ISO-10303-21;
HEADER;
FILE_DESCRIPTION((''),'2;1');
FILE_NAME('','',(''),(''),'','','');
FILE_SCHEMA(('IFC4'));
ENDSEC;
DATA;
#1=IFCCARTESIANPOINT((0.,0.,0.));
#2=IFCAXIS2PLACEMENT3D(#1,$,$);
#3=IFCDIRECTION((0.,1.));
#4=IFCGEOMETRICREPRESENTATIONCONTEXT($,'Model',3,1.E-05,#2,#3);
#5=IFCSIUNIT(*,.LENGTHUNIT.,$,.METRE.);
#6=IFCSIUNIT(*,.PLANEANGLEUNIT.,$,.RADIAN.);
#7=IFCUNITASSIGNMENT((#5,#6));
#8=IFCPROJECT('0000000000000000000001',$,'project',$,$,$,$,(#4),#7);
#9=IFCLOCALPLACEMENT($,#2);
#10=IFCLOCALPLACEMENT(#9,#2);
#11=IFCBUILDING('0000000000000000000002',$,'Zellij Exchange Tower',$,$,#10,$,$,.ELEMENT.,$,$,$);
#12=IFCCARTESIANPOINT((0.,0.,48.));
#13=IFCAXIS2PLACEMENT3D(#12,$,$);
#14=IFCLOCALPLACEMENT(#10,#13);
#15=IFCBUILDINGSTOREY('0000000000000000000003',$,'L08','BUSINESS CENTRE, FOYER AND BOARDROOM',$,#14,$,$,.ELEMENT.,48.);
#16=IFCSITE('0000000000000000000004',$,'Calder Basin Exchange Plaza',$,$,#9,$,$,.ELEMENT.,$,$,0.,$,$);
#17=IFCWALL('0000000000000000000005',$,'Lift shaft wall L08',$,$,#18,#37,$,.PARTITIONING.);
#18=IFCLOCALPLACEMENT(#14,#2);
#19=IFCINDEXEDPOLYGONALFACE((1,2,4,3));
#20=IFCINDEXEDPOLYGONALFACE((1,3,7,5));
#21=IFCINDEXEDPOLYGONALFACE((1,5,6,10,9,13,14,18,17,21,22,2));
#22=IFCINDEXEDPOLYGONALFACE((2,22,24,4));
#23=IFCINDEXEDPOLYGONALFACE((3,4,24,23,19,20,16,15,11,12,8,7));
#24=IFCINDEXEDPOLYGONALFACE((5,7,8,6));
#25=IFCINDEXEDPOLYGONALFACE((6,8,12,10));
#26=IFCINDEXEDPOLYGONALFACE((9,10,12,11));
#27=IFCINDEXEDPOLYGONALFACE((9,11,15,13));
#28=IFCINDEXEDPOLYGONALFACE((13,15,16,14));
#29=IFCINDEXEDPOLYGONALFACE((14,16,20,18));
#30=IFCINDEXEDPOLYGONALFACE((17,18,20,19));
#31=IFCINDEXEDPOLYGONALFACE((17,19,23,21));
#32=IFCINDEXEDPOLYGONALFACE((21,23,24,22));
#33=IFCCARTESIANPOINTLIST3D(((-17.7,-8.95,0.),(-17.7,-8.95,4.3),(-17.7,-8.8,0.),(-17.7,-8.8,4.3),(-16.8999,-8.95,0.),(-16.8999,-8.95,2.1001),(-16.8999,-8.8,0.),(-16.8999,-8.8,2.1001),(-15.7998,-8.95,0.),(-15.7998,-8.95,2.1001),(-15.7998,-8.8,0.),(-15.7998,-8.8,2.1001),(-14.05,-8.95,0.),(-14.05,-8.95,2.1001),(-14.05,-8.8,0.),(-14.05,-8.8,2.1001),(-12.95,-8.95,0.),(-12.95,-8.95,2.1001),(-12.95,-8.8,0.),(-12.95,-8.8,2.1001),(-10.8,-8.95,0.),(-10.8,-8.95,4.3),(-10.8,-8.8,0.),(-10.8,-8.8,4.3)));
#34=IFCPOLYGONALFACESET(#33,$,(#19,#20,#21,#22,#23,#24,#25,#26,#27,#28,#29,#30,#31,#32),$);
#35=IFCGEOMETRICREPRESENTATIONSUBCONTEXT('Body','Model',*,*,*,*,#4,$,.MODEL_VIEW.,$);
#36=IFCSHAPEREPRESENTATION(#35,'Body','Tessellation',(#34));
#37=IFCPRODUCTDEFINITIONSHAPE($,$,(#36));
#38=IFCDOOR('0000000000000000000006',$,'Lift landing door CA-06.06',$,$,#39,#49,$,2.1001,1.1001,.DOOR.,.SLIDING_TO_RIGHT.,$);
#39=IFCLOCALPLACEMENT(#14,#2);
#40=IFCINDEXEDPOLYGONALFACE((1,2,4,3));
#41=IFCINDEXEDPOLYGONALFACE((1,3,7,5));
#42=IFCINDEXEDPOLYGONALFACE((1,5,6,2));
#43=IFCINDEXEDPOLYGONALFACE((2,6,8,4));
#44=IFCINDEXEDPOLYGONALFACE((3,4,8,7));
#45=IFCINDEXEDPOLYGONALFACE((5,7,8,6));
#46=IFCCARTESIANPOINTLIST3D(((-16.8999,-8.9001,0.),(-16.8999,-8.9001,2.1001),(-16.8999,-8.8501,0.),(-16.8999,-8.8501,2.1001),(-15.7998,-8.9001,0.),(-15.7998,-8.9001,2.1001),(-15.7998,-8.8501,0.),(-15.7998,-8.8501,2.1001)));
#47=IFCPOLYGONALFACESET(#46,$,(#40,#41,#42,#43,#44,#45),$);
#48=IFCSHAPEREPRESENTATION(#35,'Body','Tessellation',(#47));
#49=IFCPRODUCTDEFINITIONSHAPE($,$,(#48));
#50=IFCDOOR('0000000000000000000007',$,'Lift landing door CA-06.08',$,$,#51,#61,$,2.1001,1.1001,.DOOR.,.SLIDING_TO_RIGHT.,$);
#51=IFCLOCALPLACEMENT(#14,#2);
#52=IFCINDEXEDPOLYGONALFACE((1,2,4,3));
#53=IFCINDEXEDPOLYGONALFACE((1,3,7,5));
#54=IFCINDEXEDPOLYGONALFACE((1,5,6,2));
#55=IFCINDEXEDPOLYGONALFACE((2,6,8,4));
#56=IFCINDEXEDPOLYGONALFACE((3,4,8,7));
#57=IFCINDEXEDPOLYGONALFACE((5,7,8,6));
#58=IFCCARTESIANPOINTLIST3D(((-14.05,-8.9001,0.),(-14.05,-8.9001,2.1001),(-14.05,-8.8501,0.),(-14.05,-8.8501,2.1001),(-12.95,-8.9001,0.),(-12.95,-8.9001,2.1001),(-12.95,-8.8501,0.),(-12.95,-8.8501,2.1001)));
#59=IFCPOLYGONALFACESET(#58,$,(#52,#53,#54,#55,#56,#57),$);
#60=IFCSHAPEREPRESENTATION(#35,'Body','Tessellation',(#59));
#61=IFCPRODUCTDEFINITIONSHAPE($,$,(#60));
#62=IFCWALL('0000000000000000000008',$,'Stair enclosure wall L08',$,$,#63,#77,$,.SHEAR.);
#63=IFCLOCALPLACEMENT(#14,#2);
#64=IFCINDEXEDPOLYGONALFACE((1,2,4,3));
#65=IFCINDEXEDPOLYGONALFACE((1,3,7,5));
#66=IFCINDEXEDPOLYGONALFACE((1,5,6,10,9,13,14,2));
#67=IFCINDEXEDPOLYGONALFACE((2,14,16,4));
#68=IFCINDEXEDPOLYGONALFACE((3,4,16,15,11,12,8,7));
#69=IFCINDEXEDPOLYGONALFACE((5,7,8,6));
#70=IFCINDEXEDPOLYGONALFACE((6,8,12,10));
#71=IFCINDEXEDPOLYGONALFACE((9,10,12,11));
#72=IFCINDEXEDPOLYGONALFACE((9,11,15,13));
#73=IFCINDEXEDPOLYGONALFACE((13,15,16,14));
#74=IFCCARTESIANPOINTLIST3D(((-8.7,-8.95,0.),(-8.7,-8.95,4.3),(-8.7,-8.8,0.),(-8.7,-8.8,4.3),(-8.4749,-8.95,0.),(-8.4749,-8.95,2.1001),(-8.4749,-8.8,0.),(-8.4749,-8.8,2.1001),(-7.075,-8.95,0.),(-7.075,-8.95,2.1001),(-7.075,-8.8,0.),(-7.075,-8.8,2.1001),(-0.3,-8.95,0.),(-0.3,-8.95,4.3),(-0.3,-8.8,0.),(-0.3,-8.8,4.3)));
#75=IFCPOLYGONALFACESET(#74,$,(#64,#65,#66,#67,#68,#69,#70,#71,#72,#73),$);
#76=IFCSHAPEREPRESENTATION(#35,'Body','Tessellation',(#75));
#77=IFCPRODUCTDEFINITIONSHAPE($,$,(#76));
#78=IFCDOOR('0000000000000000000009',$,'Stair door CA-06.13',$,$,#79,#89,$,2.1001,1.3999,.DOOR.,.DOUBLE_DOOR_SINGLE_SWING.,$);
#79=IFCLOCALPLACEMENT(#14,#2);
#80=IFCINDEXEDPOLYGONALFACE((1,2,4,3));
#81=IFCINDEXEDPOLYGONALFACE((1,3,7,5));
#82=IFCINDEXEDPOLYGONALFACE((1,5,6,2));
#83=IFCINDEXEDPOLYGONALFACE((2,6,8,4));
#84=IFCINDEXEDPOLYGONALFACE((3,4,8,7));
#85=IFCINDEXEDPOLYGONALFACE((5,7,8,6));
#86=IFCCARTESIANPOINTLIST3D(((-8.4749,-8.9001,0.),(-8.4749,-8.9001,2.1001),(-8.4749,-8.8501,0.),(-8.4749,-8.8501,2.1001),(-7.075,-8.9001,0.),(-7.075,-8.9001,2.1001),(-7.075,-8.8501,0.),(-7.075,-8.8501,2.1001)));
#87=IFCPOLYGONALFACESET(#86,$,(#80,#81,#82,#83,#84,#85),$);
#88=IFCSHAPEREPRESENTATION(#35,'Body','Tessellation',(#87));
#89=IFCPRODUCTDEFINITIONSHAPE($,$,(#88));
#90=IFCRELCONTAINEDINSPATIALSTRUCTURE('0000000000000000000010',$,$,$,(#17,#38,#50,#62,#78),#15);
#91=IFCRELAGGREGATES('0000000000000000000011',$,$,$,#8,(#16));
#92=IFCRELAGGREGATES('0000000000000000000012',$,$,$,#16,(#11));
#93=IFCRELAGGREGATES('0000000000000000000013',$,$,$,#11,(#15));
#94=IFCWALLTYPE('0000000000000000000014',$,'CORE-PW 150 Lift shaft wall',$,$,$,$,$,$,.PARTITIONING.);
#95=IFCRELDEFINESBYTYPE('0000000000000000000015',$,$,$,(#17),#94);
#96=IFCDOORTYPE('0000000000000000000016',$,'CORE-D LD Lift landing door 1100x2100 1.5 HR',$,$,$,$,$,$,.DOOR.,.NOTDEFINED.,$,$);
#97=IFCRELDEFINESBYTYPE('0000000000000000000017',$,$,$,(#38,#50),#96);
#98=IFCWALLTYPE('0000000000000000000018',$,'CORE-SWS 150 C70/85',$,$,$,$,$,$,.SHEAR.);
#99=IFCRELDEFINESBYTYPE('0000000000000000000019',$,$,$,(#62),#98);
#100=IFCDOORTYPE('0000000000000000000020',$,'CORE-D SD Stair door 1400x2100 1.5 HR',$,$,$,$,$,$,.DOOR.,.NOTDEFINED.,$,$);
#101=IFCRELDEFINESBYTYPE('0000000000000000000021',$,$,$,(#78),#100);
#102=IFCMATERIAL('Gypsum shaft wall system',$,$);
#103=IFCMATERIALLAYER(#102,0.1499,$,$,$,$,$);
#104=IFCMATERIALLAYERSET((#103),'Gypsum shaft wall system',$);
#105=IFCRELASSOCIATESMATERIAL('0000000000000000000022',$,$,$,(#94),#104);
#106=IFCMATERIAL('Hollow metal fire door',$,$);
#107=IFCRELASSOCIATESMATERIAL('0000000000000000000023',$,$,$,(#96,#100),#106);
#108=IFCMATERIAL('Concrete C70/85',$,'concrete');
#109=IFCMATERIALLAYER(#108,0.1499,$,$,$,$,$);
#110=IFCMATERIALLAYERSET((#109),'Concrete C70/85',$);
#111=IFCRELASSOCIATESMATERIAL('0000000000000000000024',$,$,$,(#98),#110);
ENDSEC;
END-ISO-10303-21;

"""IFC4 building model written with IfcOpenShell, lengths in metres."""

from ifc_helpers import new_model, si_unit, direction, frame, frame_2d, origin, place, context, subcontext, project, spatial, rectangle, extrude, material, layer, layer_set, type_object, element, fill, save


model = new_model("IFC4")

# Units and contexts
model_context = context("Model", 3, precision=1e-05, world=origin(), true_north=direction((0.0, 1.0)))
body_context = subcontext(model_context, "Body", "Model", "MODEL_VIEW")
ifc_project = project(units=[si_unit("LENGTHUNIT", "METRE"), si_unit("PLANEANGLEUNIT", "RADIAN")], contexts=[model_context])

# Site, building, storey
site_placement = place(None, origin())
site = spatial("IfcSite", under=ifc_project, at=site_placement, Name="Calder Basin Exchange Plaza", CompositionType="ELEMENT", RefElevation=0.0)
building_placement = place(site_placement, origin())
building = spatial("IfcBuilding", under=site, at=building_placement, Name="Zellij Exchange Tower", CompositionType="ELEMENT")
storey_placement = place(building_placement, frame((0.0, 0.0, 48.0)))
storey = spatial("IfcBuildingStorey", under=building, at=storey_placement, Name="L08", Description="BUSINESS CENTRE, FOYER AND BOARDROOM", CompositionType="ELEMENT", Elevation=48.0)

# Shared definitions
ifc_material_1 = material(Name="Concrete C70/85", Category="concrete")

# Shared definitions
ifc_material_2 = material(Name="Gypsum shaft wall system")
ifc_material_3 = material(Name="Hollow metal fire door")

# Shared definitions
ifc_layer_1 = layer(ifc_material_2, 0.1499)
ifc_layer_set_1 = layer_set([ifc_layer_1], Name="Gypsum shaft wall system")
wall_type_1 = type_object("IfcWallType", Name="CORE-PW 150 Lift shaft wall", PredefinedType="PARTITIONING", material=ifc_layer_set_1)

# Shared definitions
door_type_1 = type_object("IfcDoorType", Name="CORE-D LD Lift landing door 1100x2100 1.5 HR", OperationType="NOTDEFINED", PredefinedType="DOOR", material=ifc_material_3)

# Wall, openings, doors
wall_1_placement = place(storey_placement, frame((-17.7, -8.875, 0.0), z_axis=(0.0, 0.0, 1.0), x_axis=(1.0, 0.0, 0.0)))
wall_1 = element("IfcWall", 1, at=wall_1_placement, inside=storey, type_object=wall_type_1, Name="Lift shaft wall L08", PredefinedType="PARTITIONING", context=body_context, shape_type="SweptSolid", body=[
    extrude(rectangle(XDim=6.8999, YDim=0.1499, at=frame_2d((3.45, 0.0))), origin(), (0.0, 0.0, 1.0), 4.3),
])
opening_1_placement = place(wall_1_placement, frame((0.8, 0.0, 0.0)))
opening_1 = element("IfcOpeningElement", 2, at=opening_1_placement, cuts=wall_1, PredefinedType="OPENING", context=body_context, shape_type="SweptSolid", body=[
    extrude(rectangle(XDim=1.1001, YDim=2.1001, at=frame_2d((0.55, 1.05))), frame((0.0, 0.0869, 0.0), z_axis=(0.0, -1.0, 0.0), x_axis=(1.0, 0.0, 0.0)), (0.0, 0.0, 1.0), 0.1738),
])
opening_2_placement = place(wall_1_placement, frame((3.6499, 0.0, 0.0)))
opening_2 = element("IfcOpeningElement", 3, at=opening_2_placement, cuts=wall_1, PredefinedType="OPENING", context=body_context, shape_type="SweptSolid", body=[
    extrude(rectangle(XDim=1.1001, YDim=2.1001, at=frame_2d((0.55, 1.05))), frame((0.0, 0.0869, 0.0), z_axis=(0.0, -1.0, 0.0), x_axis=(1.0, 0.0, 0.0)), (0.0, 0.0, 1.0), 0.1738),
])
door_1_placement = place(opening_1_placement, origin())
door_1 = element("IfcDoor", 4, at=door_1_placement, inside=storey, type_object=door_type_1, Name="Lift landing door CA-06.06", OperationType="SLIDING_TO_RIGHT", OverallHeight=2.1001, OverallWidth=1.1001, PredefinedType="DOOR", context=body_context, shape_type="SweptSolid", body=[
    extrude(rectangle(XDim=1.1001, YDim=2.1001, at=frame_2d((0.55, 1.05))), frame((0.0, 0.0249, 0.0), z_axis=(0.0, -1.0, 0.0), x_axis=(1.0, 0.0, 0.0)), (0.0, 0.0, 1.0), 0.05),
])
fill(opening_1, door_1)
door_2_placement = place(opening_2_placement, origin())
door_2 = element("IfcDoor", 5, at=door_2_placement, inside=storey, type_object=door_type_1, Name="Lift landing door CA-06.08", OperationType="SLIDING_TO_RIGHT", OverallHeight=2.1001, OverallWidth=1.1001, PredefinedType="DOOR", context=body_context, shape_type="SweptSolid", body=[
    extrude(rectangle(XDim=1.1001, YDim=2.1001, at=frame_2d((0.55, 1.05))), frame((0.0, 0.0249, 0.0), z_axis=(0.0, -1.0, 0.0), x_axis=(1.0, 0.0, 0.0)), (0.0, 0.0, 1.0), 0.05),
])
fill(opening_2, door_2)

# Wall, opening, door
ifc_layer_2 = layer(ifc_material_1, 0.1499)
ifc_layer_set_2 = layer_set([ifc_layer_2], Name="Concrete C70/85")
wall_type_2 = type_object("IfcWallType", Name="CORE-SWS 150 C70/85", PredefinedType="SHEAR", material=ifc_layer_set_2)
wall_2_placement = place(storey_placement, frame((-8.7, -8.875, 0.0), z_axis=(0.0, 0.0, 1.0), x_axis=(1.0, 0.0, 0.0)))
wall_2 = element("IfcWall", 6, at=wall_2_placement, inside=storey, type_object=wall_type_2, Name="Stair enclosure wall L08", PredefinedType="SHEAR", context=body_context, shape_type="SweptSolid", body=[
    extrude(rectangle(XDim=8.3999, YDim=0.1499, at=frame_2d((4.2, 0.0))), origin(), (0.0, 0.0, 1.0), 4.3),
])
opening_3_placement = place(wall_2_placement, frame((0.2251, 0.0, 0.0)))
opening_3 = element("IfcOpeningElement", 7, at=opening_3_placement, cuts=wall_2, PredefinedType="OPENING", context=body_context, shape_type="SweptSolid", body=[
    extrude(rectangle(XDim=1.3999, YDim=2.1001, at=frame_2d((0.7, 1.05))), frame((0.0, 0.0869, 0.0), z_axis=(0.0, -1.0, 0.0), x_axis=(1.0, 0.0, 0.0)), (0.0, 0.0, 1.0), 0.1738),
])
door_type_2 = type_object("IfcDoorType", Name="CORE-D SD Stair door 1400x2100 1.5 HR", OperationType="NOTDEFINED", PredefinedType="DOOR", material=ifc_material_3)
door_3_placement = place(opening_3_placement, origin())
door_3 = element("IfcDoor", 8, at=door_3_placement, inside=storey, type_object=door_type_2, Name="Stair door CA-06.13", OperationType="DOUBLE_DOOR_SINGLE_SWING", OverallHeight=2.1001, OverallWidth=1.3999, PredefinedType="DOOR", context=body_context, shape_type="SweptSolid", body=[
    extrude(rectangle(XDim=1.3999, YDim=2.1001, at=frame_2d((0.7, 1.05))), frame((0.0, 0.0249, 0.0), z_axis=(0.0, -1.0, 0.0), x_axis=(1.0, 0.0, 0.0)), (0.0, 0.0, 1.0), 0.05),
])
fill(opening_3, door_3)

save(model, "model.ifc")
